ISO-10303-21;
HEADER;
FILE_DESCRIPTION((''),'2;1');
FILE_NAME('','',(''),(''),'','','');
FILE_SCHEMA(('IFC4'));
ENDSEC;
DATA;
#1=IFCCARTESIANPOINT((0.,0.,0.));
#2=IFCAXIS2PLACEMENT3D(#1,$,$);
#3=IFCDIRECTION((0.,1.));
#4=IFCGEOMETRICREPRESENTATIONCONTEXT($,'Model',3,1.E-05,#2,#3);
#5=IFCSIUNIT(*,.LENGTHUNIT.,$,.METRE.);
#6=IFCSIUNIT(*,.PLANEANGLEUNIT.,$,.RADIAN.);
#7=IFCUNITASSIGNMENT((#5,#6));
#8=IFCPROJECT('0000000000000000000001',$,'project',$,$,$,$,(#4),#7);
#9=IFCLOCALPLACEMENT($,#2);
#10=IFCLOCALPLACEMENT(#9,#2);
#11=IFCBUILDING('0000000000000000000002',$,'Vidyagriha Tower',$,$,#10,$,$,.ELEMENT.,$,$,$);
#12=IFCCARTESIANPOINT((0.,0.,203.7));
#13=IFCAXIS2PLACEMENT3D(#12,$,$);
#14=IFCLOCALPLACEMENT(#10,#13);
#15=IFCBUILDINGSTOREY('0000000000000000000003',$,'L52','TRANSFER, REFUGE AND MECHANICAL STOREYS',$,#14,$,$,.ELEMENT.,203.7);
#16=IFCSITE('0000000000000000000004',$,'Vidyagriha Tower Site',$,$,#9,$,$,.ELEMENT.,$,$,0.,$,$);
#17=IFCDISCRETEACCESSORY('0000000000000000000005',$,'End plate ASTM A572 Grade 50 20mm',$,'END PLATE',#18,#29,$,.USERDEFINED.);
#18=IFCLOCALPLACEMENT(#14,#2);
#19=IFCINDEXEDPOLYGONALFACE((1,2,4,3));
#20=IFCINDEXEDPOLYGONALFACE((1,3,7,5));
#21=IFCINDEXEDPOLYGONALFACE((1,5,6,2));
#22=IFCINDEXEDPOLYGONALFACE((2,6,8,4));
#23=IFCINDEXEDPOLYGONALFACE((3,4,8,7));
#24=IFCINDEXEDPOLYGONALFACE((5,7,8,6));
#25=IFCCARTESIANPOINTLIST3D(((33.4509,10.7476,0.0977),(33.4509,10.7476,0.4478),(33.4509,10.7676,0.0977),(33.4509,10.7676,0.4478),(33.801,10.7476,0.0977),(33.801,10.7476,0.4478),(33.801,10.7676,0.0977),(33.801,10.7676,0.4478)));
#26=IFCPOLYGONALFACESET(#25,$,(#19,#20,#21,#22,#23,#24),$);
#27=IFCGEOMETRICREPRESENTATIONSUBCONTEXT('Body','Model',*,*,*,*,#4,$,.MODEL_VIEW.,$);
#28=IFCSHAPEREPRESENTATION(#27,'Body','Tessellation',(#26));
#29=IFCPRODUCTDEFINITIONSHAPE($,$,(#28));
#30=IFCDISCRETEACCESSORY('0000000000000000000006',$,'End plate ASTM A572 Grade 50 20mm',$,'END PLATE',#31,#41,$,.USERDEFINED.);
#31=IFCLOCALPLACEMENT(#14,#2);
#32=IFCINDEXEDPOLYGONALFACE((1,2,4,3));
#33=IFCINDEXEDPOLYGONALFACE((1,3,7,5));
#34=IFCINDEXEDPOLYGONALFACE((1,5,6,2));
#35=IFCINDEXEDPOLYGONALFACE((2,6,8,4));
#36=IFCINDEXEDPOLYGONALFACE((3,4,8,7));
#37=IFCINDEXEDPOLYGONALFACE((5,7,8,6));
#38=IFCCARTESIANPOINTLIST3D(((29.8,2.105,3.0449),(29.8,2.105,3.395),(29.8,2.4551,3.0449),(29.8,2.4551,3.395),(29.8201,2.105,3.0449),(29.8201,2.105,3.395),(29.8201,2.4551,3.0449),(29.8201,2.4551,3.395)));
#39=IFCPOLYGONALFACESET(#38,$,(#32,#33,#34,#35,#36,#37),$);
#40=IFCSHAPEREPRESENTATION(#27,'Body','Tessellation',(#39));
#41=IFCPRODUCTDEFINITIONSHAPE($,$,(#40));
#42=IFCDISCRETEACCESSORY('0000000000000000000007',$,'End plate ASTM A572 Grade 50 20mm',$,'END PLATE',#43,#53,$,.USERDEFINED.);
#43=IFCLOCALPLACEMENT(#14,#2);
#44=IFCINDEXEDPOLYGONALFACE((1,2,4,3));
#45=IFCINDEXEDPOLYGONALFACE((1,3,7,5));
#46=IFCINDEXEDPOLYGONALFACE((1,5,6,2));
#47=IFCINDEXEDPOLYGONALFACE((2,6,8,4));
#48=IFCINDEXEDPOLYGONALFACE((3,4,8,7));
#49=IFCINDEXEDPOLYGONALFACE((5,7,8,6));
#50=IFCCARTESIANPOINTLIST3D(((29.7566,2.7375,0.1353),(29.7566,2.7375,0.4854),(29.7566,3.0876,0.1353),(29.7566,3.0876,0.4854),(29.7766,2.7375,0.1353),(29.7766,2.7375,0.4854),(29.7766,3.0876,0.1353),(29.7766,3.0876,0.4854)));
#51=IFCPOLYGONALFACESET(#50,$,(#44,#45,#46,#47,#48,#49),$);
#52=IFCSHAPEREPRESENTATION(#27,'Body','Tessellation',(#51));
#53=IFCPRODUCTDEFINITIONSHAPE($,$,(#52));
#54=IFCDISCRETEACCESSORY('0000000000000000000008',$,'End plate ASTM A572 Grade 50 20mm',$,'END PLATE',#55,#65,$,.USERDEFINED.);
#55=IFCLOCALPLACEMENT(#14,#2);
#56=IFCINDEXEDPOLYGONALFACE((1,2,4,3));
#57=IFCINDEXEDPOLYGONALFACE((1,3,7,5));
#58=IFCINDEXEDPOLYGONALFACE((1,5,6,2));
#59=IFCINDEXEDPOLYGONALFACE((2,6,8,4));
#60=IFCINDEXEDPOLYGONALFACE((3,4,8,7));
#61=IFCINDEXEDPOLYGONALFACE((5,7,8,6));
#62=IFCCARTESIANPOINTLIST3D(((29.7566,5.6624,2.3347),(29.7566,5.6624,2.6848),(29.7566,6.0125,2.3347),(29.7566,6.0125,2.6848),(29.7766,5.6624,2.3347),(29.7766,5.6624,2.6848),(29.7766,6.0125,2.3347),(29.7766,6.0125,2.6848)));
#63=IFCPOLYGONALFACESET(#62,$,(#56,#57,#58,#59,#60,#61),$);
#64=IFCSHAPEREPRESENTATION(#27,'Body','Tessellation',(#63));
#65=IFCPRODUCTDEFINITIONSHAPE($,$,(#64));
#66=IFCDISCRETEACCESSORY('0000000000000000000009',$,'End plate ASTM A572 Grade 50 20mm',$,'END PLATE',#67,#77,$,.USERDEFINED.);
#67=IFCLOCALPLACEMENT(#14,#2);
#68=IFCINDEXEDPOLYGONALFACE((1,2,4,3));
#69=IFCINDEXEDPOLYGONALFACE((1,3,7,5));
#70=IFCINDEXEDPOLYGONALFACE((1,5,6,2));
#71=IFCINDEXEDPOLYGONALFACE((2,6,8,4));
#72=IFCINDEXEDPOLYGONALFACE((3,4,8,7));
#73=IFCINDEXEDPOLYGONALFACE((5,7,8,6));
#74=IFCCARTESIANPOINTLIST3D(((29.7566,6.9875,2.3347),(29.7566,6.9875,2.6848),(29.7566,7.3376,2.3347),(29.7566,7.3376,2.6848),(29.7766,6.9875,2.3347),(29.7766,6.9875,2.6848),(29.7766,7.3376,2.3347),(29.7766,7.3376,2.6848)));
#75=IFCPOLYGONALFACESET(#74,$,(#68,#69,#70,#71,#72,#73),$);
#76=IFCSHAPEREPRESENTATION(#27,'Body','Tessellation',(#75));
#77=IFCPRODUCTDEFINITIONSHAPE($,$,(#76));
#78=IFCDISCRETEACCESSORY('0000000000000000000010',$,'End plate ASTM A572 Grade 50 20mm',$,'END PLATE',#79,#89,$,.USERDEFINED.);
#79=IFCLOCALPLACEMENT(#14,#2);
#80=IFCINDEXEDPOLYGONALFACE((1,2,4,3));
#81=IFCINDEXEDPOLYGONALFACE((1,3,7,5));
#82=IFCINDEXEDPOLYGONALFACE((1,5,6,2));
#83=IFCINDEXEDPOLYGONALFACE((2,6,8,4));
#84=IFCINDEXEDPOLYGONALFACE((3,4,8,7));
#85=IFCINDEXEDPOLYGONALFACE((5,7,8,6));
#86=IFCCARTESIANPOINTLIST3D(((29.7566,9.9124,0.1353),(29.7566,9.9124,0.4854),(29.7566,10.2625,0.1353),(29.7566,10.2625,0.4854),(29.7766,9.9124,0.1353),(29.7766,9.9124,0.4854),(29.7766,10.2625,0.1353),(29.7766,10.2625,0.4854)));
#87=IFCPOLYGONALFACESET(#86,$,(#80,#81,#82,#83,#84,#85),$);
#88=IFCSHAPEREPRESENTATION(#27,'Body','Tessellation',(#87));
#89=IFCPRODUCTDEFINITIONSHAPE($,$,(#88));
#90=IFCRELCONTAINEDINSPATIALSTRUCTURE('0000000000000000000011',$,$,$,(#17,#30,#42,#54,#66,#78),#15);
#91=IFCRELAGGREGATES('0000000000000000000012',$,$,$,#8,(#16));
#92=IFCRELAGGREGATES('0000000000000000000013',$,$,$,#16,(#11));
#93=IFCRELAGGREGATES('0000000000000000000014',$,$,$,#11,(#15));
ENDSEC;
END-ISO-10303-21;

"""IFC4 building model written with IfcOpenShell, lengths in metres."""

from ifc_helpers import new_model, si_unit, direction, frame, origin, origin_2d, place, context, subcontext, project, spatial, rectangle, extrude, element, save


model = new_model("IFC4")

# Units and contexts
model_context = context("Model", 3, precision=1e-05, world=origin(), true_north=direction((0.0, 1.0)))
body_context = subcontext(model_context, "Body", "Model", "MODEL_VIEW")
ifc_project = project(units=[si_unit("LENGTHUNIT", "METRE"), si_unit("PLANEANGLEUNIT", "RADIAN")], contexts=[model_context])

# Site, building, storey
site_placement = place(None, origin())
site = spatial("IfcSite", under=ifc_project, at=site_placement, Name="Vidyagriha Tower Site", CompositionType="ELEMENT", RefElevation=0.0)
building_placement = place(site_placement, origin())
building = spatial("IfcBuilding", under=site, at=building_placement, Name="Vidyagriha Tower", CompositionType="ELEMENT")
storey_placement = place(building_placement, frame((0.0, 0.0, 203.7)))
storey = spatial("IfcBuildingStorey", under=building, at=storey_placement, Name="L52", Description="TRANSFER, REFUGE AND MECHANICAL STOREYS", CompositionType="ELEMENT", Elevation=203.7)

# Discrete accessories
discrete_accessory_1_placement = place(storey_placement, frame((33.626, 10.7576, 0.0977)))
element("IfcDiscreteAccessory", 1, at=discrete_accessory_1_placement, inside=storey, Name="End plate ASTM A572 Grade 50 20mm", ObjectType="END PLATE", PredefinedType="USERDEFINED", context=body_context, shape_type="SweptSolid", body=[
    extrude(rectangle(XDim=0.3501, YDim=0.02, at=origin_2d()), origin(), (0.0, 0.0, 1.0), 0.3501),
])
for number, where, z_axis, x_axis, name in (
    (2, (29.8101, 2.28, 3.0449), (0.0, 0.0, 1.0), (0.0, -1.0, 0.0), "End plate ASTM A572 Grade 50 20mm"),
    (3, (29.7666, 2.9126, 0.1353), (0.0, 0.0, 1.0), (0.0, -1.0, 0.0), "End plate ASTM A572 Grade 50 20mm"),
    (4, (29.7666, 5.8374, 2.3347), (0.0, 0.0, 1.0), (0.0, 1.0, 0.0), "End plate ASTM A572 Grade 50 20mm"),
    (5, (29.7666, 7.1626, 2.3347), (0.0, 0.0, 1.0), (0.0, -1.0, 0.0), "End plate ASTM A572 Grade 50 20mm"),
    (6, (29.7666, 10.0874, 0.1353), (0.0, 0.0, 1.0), (0.0, 1.0, 0.0), "End plate ASTM A572 Grade 50 20mm"),
):
    element("IfcDiscreteAccessory", number, at=place(storey_placement, frame(where, z_axis=z_axis, x_axis=x_axis)), inside=storey, Name=name, ObjectType="END PLATE", PredefinedType="USERDEFINED", context=body_context, shape_type="SweptSolid", body=[
        extrude(rectangle(XDim=0.3501, YDim=0.02, at=origin_2d()), origin(), (0.0, 0.0, 1.0), 0.3501),
    ])

save(model, "model.ifc")
